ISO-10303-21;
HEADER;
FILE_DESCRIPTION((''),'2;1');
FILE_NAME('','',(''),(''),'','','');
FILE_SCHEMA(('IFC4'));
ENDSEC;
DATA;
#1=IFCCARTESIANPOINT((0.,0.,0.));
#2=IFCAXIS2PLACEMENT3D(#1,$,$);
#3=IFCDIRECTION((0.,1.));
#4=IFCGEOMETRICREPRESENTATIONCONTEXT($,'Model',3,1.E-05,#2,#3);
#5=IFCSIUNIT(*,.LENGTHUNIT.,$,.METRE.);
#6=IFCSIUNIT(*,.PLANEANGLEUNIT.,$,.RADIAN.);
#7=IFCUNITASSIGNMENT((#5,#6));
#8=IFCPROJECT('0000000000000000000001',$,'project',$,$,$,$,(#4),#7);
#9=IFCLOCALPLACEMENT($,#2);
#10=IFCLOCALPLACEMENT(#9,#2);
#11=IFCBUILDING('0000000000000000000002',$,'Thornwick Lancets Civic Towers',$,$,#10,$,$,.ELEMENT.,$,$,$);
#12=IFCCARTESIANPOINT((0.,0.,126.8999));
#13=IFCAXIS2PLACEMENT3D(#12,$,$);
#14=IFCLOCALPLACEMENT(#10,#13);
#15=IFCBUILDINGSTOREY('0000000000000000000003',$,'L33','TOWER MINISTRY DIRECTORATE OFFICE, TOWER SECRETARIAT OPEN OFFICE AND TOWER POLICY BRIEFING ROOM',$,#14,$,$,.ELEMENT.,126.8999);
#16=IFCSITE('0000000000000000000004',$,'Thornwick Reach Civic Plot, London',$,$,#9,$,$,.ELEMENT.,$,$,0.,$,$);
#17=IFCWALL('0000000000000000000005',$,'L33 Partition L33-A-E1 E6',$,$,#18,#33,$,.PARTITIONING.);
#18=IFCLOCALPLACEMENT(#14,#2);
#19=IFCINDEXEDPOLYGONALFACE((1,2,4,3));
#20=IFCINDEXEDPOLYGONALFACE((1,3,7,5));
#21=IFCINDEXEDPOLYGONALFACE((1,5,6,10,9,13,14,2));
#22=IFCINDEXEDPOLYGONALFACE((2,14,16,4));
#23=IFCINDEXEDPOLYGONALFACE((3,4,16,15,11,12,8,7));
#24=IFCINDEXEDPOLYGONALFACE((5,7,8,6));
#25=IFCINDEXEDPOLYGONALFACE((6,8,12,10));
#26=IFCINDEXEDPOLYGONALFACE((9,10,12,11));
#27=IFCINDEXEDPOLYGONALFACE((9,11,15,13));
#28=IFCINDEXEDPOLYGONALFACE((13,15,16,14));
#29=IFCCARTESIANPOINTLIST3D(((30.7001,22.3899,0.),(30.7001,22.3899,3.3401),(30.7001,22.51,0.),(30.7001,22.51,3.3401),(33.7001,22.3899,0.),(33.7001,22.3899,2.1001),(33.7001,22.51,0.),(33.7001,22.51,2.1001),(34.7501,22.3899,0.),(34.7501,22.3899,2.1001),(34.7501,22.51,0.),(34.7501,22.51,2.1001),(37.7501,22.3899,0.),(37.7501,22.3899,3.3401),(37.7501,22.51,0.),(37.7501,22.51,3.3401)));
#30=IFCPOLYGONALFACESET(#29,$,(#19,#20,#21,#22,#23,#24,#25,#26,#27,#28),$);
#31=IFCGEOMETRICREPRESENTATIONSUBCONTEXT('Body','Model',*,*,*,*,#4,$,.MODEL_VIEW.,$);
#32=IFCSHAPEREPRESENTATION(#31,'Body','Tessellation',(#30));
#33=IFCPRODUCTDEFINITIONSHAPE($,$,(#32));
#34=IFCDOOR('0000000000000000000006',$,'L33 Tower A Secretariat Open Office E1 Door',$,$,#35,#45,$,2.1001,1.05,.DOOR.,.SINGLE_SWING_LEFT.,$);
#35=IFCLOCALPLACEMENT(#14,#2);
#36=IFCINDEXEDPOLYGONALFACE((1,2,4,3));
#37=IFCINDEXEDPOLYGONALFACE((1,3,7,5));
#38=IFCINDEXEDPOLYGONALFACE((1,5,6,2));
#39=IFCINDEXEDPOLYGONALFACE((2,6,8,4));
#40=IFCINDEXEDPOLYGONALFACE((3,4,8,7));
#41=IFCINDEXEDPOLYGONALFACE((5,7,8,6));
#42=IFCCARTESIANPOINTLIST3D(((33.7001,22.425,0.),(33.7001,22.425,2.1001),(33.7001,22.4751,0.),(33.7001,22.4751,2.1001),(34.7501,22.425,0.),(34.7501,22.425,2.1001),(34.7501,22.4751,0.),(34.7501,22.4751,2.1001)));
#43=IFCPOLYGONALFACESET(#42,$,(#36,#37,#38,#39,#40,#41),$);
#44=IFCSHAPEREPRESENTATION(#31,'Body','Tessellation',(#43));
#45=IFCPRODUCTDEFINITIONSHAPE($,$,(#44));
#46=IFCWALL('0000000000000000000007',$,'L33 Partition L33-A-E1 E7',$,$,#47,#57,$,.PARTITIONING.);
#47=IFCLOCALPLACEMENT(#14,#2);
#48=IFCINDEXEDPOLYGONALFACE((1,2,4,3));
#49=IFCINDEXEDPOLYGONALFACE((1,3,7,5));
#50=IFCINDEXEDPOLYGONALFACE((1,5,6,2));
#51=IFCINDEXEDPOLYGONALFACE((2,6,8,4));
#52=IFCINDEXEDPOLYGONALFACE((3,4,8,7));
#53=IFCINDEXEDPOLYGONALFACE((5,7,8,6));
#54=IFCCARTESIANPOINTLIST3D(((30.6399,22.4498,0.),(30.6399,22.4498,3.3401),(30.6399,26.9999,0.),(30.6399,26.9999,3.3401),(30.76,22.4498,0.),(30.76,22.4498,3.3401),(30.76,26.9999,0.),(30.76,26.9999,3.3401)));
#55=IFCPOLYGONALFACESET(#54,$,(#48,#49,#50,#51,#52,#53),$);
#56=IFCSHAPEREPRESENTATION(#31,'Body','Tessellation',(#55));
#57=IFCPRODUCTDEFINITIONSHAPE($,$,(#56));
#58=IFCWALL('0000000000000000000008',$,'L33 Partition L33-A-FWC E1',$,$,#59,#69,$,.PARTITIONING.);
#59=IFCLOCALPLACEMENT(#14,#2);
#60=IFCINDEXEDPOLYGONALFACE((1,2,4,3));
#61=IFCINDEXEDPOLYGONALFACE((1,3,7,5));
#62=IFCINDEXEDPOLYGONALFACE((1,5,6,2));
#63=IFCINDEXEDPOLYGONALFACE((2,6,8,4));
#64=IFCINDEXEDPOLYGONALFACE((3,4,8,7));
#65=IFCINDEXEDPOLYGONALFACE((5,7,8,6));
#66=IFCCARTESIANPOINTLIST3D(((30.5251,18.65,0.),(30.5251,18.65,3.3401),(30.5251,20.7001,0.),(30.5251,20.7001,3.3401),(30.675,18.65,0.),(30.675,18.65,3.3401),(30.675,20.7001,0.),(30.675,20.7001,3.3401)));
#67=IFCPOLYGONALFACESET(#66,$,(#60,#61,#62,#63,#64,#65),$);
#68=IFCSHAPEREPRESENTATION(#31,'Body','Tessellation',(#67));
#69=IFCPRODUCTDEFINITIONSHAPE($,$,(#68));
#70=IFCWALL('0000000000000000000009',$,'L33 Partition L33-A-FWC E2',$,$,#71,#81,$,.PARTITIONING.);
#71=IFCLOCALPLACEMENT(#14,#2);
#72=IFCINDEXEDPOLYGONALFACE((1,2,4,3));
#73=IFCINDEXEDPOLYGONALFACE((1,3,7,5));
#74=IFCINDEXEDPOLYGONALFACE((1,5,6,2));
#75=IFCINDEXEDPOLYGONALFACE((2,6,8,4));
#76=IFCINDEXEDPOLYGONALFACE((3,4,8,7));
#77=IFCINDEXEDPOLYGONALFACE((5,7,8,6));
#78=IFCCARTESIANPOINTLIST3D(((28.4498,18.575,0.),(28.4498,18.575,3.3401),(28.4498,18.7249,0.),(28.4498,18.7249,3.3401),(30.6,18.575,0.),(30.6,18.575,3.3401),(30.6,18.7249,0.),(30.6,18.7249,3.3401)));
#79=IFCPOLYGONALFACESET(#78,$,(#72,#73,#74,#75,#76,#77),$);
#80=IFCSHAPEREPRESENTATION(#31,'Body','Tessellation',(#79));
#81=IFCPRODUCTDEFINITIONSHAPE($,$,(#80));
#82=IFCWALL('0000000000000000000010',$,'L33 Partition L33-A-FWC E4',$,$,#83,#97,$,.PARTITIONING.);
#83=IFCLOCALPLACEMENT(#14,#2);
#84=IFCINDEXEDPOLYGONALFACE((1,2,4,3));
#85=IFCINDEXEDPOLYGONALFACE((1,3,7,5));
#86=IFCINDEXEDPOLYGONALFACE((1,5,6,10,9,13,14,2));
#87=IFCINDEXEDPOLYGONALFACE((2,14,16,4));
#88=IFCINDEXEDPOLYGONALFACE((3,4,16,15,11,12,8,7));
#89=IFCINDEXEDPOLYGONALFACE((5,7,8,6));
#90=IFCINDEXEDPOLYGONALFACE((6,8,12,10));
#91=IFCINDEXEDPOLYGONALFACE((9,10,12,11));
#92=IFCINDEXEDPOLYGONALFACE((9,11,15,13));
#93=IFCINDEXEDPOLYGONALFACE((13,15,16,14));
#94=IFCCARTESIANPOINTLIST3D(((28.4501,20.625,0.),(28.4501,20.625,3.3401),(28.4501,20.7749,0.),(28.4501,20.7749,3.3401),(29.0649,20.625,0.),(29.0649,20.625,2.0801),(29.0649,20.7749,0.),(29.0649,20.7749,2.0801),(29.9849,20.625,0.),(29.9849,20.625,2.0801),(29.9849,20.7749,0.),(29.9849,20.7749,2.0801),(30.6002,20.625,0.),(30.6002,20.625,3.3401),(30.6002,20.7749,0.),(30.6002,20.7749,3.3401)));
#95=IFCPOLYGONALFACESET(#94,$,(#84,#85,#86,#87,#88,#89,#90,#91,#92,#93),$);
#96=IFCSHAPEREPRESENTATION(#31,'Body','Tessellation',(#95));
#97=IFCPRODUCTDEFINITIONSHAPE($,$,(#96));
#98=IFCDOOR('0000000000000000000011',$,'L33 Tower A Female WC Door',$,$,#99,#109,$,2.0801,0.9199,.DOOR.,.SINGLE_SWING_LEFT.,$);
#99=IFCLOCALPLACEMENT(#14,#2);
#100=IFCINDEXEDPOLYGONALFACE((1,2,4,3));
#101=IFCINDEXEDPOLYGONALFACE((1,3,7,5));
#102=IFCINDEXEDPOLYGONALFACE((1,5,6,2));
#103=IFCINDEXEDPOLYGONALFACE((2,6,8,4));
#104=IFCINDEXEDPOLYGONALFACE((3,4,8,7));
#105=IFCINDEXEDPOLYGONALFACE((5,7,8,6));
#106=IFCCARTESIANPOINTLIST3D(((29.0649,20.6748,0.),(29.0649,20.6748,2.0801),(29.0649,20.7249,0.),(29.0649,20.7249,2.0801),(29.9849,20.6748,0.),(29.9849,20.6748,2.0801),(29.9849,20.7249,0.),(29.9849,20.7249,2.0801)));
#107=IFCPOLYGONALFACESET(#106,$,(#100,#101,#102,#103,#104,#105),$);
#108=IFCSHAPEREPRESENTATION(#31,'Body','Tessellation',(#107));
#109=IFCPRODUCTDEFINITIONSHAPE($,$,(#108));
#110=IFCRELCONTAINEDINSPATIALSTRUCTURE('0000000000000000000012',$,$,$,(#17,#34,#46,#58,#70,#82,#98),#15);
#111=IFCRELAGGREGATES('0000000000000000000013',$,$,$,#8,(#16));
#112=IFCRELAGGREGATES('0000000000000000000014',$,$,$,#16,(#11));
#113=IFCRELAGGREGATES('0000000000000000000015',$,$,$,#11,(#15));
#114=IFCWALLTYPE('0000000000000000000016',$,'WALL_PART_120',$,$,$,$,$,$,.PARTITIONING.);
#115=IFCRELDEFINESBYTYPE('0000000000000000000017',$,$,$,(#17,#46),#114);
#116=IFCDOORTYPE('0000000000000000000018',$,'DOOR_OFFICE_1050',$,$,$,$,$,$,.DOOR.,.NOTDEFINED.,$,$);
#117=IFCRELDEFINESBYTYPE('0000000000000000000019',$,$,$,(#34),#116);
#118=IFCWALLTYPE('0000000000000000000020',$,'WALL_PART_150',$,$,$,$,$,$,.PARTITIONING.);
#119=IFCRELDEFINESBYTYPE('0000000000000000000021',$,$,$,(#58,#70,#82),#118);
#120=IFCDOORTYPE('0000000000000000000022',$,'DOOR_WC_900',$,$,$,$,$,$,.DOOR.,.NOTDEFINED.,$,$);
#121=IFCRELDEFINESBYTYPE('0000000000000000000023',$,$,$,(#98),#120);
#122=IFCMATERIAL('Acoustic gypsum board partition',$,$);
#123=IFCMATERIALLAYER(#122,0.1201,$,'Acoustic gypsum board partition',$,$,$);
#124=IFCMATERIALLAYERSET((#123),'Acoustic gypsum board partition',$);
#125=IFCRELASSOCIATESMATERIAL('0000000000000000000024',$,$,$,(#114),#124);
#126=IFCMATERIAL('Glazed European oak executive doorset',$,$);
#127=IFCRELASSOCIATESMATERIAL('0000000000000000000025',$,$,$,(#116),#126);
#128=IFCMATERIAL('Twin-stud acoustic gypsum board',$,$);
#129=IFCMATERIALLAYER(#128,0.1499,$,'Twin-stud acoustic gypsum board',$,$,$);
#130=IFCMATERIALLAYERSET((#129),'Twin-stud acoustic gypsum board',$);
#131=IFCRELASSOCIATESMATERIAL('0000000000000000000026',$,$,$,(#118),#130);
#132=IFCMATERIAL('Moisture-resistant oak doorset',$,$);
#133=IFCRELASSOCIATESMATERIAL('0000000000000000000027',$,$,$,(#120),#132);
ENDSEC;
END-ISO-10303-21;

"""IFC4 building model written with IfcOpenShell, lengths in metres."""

from ifc_helpers import new_model, si_unit, direction, frame, frame_2d, origin, place, context, subcontext, project, spatial, rectangle, extrude, material, layer, layer_set, type_object, element, fill, save


model = new_model("IFC4")

# Units and contexts
model_context = context("Model", 3, precision=1e-05, world=origin(), true_north=direction((0.0, 1.0)))
body_context = subcontext(model_context, "Body", "Model", "MODEL_VIEW")
ifc_project = project(units=[si_unit("LENGTHUNIT", "METRE"), si_unit("PLANEANGLEUNIT", "RADIAN")], contexts=[model_context])

# Site, building, storey
site_placement = place(None, origin())
site = spatial("IfcSite", under=ifc_project, at=site_placement, Name="Thornwick Reach Civic Plot, London", CompositionType="ELEMENT", RefElevation=0.0)
building_placement = place(site_placement, origin())
building = spatial("IfcBuilding", under=site, at=building_placement, Name="Thornwick Lancets Civic Towers", CompositionType="ELEMENT")
storey_placement = place(building_placement, frame((0.0, 0.0, 126.8999)))
storey = spatial("IfcBuildingStorey", under=building, at=storey_placement, Name="L33", Description="TOWER MINISTRY DIRECTORATE OFFICE, TOWER SECRETARIAT OPEN OFFICE AND TOWER POLICY BRIEFING ROOM", CompositionType="ELEMENT", Elevation=126.8999)

# Shared definitions
ifc_material_1 = material(Name="Acoustic gypsum board partition")
ifc_layer_1 = layer(ifc_material_1, 0.1201, Name="Acoustic gypsum board partition")
ifc_layer_set_1 = layer_set([ifc_layer_1], Name="Acoustic gypsum board partition")
wall_type_1 = type_object("IfcWallType", Name="WALL_PART_120", PredefinedType="PARTITIONING", material=ifc_layer_set_1)

# Wall, opening, door
wall_1_placement = place(storey_placement, frame((37.75, 22.45, 0.0), z_axis=(0.0, 0.0, 1.0), x_axis=(-1.0, 0.0, 0.0)))
wall_1 = element("IfcWall", 1, at=wall_1_placement, inside=storey, type_object=wall_type_1, Name="L33 Partition L33-A-E1 E6", PredefinedType="PARTITIONING", context=body_context, shape_type="SweptSolid", body=[
    extrude(rectangle(XDim=7.05, YDim=0.1201, at=frame_2d((3.5249, 0.0))), origin(), (0.0, 0.0, 1.0), 3.3401),
])
opening_1_placement = place(wall_1_placement, frame((3.0, 0.0, 0.0)))
opening_1 = element("IfcOpeningElement", 2, at=opening_1_placement, cuts=wall_1, PredefinedType="OPENING", context=body_context, shape_type="SweptSolid", body=[
    extrude(rectangle(XDim=1.05, YDim=2.1001, at=frame_2d((0.5249, 1.05))), frame((0.0, 0.0701, 0.0), z_axis=(0.0, -1.0, 0.0), x_axis=(1.0, 0.0, 0.0)), (0.0, 0.0, 1.0), 0.1401),
])
ifc_material_2 = material(Name="Glazed European oak executive doorset")
door_type_1 = type_object("IfcDoorType", Name="DOOR_OFFICE_1050", OperationType="NOTDEFINED", PredefinedType="DOOR", material=ifc_material_2)
door_1_placement = place(opening_1_placement, origin())
door_1 = element("IfcDoor", 3, at=door_1_placement, inside=storey, type_object=door_type_1, Name="L33 Tower A Secretariat Open Office E1 Door", OperationType="SINGLE_SWING_LEFT", OverallHeight=2.1001, OverallWidth=1.05, PredefinedType="DOOR", context=body_context, shape_type="SweptSolid", body=[
    extrude(rectangle(XDim=1.05, YDim=2.1001, at=frame_2d((0.5249, 1.05))), frame((0.0, 0.0249, 0.0), z_axis=(0.0, -1.0, 0.0), x_axis=(1.0, 0.0, 0.0)), (0.0, 0.0, 1.0), 0.05),
])
fill(opening_1, door_1)

# Walls
wall_2_placement = place(storey_placement, frame((30.7, 22.45, 0.0), z_axis=(0.0, 0.0, 1.0), x_axis=(0.0, 1.0, 0.0)))
element("IfcWall", 4, at=wall_2_placement, inside=storey, type_object=wall_type_1, Name="L33 Partition L33-A-E1 E7", PredefinedType="PARTITIONING", context=body_context, shape_type="SweptSolid", body=[
    extrude(rectangle(XDim=4.55, YDim=0.1201, at=frame_2d((2.2749, 0.0))), origin(), (0.0, 0.0, 1.0), 3.3401),
])
ifc_material_3 = material(Name="Twin-stud acoustic gypsum board")
ifc_layer_2 = layer(ifc_material_3, 0.1499, Name="Twin-stud acoustic gypsum board")
ifc_layer_set_2 = layer_set([ifc_layer_2], Name="Twin-stud acoustic gypsum board")
wall_type_2 = type_object("IfcWallType", Name="WALL_PART_150", PredefinedType="PARTITIONING", material=ifc_layer_set_2)
wall_3_placement = place(storey_placement, frame((30.6001, 20.7, 0.0), z_axis=(0.0, 0.0, 1.0), x_axis=(0.0, -1.0, 0.0)))
element("IfcWall", 5, at=wall_3_placement, inside=storey, type_object=wall_type_2, Name="L33 Partition L33-A-FWC E1", PredefinedType="PARTITIONING", context=body_context, shape_type="SweptSolid", body=[
    extrude(rectangle(XDim=2.05, YDim=0.1499, at=frame_2d((1.0249, 0.0))), origin(), (0.0, 0.0, 1.0), 3.3401),
])
wall_4_placement = place(storey_placement, frame((30.6001, 18.6499, 0.0), z_axis=(0.0, 0.0, 1.0), x_axis=(-1.0, 0.0, 0.0)))
element("IfcWall", 6, at=wall_4_placement, inside=storey, type_object=wall_type_2, Name="L33 Partition L33-A-FWC E2", PredefinedType="PARTITIONING", context=body_context, shape_type="SweptSolid", body=[
    extrude(rectangle(XDim=2.1501, YDim=0.1499, at=frame_2d((1.0752, 0.0))), origin(), (0.0, 0.0, 1.0), 3.3401),
])

# Wall, opening, door
wall_5_placement = place(storey_placement, frame((28.45, 20.7, 0.0), z_axis=(0.0, 0.0, 1.0), x_axis=(1.0, 0.0, 0.0)))
wall_5 = element("IfcWall", 7, at=wall_5_placement, inside=storey, type_object=wall_type_2, Name="L33 Partition L33-A-FWC E4", PredefinedType="PARTITIONING", context=body_context, shape_type="SweptSolid", body=[
    extrude(rectangle(XDim=2.1501, YDim=0.1499, at=frame_2d((1.0752, 0.0))), origin(), (0.0, 0.0, 1.0), 3.3401),
])
opening_2_placement = place(wall_5_placement, frame((0.615, 0.0, 0.0)))
opening_2 = element("IfcOpeningElement", 8, at=opening_2_placement, cuts=wall_5, PredefinedType="OPENING", context=body_context, shape_type="SweptSolid", body=[
    extrude(rectangle(XDim=0.9199, YDim=2.0801, at=frame_2d((0.46, 1.04))), frame((0.0, 0.085, 0.0), z_axis=(0.0, -1.0, 0.0), x_axis=(1.0, 0.0, 0.0)), (0.0, 0.0, 1.0), 0.1699),
])
ifc_material_4 = material(Name="Moisture-resistant oak doorset")
door_type_2 = type_object("IfcDoorType", Name="DOOR_WC_900", OperationType="NOTDEFINED", PredefinedType="DOOR", material=ifc_material_4)
door_2_placement = place(opening_2_placement, origin())
door_2 = element("IfcDoor", 9, at=door_2_placement, inside=storey, type_object=door_type_2, Name="L33 Tower A Female WC Door", OperationType="SINGLE_SWING_LEFT", OverallHeight=2.0801, OverallWidth=0.9199, PredefinedType="DOOR", context=body_context, shape_type="SweptSolid", body=[
    extrude(rectangle(XDim=0.9199, YDim=2.0801, at=frame_2d((0.46, 1.04))), frame((0.0, 0.0249, 0.0), z_axis=(0.0, -1.0, 0.0), x_axis=(1.0, 0.0, 0.0)), (0.0, 0.0, 1.0), 0.05),
])
fill(opening_2, door_2)

save(model, "model.ifc")
